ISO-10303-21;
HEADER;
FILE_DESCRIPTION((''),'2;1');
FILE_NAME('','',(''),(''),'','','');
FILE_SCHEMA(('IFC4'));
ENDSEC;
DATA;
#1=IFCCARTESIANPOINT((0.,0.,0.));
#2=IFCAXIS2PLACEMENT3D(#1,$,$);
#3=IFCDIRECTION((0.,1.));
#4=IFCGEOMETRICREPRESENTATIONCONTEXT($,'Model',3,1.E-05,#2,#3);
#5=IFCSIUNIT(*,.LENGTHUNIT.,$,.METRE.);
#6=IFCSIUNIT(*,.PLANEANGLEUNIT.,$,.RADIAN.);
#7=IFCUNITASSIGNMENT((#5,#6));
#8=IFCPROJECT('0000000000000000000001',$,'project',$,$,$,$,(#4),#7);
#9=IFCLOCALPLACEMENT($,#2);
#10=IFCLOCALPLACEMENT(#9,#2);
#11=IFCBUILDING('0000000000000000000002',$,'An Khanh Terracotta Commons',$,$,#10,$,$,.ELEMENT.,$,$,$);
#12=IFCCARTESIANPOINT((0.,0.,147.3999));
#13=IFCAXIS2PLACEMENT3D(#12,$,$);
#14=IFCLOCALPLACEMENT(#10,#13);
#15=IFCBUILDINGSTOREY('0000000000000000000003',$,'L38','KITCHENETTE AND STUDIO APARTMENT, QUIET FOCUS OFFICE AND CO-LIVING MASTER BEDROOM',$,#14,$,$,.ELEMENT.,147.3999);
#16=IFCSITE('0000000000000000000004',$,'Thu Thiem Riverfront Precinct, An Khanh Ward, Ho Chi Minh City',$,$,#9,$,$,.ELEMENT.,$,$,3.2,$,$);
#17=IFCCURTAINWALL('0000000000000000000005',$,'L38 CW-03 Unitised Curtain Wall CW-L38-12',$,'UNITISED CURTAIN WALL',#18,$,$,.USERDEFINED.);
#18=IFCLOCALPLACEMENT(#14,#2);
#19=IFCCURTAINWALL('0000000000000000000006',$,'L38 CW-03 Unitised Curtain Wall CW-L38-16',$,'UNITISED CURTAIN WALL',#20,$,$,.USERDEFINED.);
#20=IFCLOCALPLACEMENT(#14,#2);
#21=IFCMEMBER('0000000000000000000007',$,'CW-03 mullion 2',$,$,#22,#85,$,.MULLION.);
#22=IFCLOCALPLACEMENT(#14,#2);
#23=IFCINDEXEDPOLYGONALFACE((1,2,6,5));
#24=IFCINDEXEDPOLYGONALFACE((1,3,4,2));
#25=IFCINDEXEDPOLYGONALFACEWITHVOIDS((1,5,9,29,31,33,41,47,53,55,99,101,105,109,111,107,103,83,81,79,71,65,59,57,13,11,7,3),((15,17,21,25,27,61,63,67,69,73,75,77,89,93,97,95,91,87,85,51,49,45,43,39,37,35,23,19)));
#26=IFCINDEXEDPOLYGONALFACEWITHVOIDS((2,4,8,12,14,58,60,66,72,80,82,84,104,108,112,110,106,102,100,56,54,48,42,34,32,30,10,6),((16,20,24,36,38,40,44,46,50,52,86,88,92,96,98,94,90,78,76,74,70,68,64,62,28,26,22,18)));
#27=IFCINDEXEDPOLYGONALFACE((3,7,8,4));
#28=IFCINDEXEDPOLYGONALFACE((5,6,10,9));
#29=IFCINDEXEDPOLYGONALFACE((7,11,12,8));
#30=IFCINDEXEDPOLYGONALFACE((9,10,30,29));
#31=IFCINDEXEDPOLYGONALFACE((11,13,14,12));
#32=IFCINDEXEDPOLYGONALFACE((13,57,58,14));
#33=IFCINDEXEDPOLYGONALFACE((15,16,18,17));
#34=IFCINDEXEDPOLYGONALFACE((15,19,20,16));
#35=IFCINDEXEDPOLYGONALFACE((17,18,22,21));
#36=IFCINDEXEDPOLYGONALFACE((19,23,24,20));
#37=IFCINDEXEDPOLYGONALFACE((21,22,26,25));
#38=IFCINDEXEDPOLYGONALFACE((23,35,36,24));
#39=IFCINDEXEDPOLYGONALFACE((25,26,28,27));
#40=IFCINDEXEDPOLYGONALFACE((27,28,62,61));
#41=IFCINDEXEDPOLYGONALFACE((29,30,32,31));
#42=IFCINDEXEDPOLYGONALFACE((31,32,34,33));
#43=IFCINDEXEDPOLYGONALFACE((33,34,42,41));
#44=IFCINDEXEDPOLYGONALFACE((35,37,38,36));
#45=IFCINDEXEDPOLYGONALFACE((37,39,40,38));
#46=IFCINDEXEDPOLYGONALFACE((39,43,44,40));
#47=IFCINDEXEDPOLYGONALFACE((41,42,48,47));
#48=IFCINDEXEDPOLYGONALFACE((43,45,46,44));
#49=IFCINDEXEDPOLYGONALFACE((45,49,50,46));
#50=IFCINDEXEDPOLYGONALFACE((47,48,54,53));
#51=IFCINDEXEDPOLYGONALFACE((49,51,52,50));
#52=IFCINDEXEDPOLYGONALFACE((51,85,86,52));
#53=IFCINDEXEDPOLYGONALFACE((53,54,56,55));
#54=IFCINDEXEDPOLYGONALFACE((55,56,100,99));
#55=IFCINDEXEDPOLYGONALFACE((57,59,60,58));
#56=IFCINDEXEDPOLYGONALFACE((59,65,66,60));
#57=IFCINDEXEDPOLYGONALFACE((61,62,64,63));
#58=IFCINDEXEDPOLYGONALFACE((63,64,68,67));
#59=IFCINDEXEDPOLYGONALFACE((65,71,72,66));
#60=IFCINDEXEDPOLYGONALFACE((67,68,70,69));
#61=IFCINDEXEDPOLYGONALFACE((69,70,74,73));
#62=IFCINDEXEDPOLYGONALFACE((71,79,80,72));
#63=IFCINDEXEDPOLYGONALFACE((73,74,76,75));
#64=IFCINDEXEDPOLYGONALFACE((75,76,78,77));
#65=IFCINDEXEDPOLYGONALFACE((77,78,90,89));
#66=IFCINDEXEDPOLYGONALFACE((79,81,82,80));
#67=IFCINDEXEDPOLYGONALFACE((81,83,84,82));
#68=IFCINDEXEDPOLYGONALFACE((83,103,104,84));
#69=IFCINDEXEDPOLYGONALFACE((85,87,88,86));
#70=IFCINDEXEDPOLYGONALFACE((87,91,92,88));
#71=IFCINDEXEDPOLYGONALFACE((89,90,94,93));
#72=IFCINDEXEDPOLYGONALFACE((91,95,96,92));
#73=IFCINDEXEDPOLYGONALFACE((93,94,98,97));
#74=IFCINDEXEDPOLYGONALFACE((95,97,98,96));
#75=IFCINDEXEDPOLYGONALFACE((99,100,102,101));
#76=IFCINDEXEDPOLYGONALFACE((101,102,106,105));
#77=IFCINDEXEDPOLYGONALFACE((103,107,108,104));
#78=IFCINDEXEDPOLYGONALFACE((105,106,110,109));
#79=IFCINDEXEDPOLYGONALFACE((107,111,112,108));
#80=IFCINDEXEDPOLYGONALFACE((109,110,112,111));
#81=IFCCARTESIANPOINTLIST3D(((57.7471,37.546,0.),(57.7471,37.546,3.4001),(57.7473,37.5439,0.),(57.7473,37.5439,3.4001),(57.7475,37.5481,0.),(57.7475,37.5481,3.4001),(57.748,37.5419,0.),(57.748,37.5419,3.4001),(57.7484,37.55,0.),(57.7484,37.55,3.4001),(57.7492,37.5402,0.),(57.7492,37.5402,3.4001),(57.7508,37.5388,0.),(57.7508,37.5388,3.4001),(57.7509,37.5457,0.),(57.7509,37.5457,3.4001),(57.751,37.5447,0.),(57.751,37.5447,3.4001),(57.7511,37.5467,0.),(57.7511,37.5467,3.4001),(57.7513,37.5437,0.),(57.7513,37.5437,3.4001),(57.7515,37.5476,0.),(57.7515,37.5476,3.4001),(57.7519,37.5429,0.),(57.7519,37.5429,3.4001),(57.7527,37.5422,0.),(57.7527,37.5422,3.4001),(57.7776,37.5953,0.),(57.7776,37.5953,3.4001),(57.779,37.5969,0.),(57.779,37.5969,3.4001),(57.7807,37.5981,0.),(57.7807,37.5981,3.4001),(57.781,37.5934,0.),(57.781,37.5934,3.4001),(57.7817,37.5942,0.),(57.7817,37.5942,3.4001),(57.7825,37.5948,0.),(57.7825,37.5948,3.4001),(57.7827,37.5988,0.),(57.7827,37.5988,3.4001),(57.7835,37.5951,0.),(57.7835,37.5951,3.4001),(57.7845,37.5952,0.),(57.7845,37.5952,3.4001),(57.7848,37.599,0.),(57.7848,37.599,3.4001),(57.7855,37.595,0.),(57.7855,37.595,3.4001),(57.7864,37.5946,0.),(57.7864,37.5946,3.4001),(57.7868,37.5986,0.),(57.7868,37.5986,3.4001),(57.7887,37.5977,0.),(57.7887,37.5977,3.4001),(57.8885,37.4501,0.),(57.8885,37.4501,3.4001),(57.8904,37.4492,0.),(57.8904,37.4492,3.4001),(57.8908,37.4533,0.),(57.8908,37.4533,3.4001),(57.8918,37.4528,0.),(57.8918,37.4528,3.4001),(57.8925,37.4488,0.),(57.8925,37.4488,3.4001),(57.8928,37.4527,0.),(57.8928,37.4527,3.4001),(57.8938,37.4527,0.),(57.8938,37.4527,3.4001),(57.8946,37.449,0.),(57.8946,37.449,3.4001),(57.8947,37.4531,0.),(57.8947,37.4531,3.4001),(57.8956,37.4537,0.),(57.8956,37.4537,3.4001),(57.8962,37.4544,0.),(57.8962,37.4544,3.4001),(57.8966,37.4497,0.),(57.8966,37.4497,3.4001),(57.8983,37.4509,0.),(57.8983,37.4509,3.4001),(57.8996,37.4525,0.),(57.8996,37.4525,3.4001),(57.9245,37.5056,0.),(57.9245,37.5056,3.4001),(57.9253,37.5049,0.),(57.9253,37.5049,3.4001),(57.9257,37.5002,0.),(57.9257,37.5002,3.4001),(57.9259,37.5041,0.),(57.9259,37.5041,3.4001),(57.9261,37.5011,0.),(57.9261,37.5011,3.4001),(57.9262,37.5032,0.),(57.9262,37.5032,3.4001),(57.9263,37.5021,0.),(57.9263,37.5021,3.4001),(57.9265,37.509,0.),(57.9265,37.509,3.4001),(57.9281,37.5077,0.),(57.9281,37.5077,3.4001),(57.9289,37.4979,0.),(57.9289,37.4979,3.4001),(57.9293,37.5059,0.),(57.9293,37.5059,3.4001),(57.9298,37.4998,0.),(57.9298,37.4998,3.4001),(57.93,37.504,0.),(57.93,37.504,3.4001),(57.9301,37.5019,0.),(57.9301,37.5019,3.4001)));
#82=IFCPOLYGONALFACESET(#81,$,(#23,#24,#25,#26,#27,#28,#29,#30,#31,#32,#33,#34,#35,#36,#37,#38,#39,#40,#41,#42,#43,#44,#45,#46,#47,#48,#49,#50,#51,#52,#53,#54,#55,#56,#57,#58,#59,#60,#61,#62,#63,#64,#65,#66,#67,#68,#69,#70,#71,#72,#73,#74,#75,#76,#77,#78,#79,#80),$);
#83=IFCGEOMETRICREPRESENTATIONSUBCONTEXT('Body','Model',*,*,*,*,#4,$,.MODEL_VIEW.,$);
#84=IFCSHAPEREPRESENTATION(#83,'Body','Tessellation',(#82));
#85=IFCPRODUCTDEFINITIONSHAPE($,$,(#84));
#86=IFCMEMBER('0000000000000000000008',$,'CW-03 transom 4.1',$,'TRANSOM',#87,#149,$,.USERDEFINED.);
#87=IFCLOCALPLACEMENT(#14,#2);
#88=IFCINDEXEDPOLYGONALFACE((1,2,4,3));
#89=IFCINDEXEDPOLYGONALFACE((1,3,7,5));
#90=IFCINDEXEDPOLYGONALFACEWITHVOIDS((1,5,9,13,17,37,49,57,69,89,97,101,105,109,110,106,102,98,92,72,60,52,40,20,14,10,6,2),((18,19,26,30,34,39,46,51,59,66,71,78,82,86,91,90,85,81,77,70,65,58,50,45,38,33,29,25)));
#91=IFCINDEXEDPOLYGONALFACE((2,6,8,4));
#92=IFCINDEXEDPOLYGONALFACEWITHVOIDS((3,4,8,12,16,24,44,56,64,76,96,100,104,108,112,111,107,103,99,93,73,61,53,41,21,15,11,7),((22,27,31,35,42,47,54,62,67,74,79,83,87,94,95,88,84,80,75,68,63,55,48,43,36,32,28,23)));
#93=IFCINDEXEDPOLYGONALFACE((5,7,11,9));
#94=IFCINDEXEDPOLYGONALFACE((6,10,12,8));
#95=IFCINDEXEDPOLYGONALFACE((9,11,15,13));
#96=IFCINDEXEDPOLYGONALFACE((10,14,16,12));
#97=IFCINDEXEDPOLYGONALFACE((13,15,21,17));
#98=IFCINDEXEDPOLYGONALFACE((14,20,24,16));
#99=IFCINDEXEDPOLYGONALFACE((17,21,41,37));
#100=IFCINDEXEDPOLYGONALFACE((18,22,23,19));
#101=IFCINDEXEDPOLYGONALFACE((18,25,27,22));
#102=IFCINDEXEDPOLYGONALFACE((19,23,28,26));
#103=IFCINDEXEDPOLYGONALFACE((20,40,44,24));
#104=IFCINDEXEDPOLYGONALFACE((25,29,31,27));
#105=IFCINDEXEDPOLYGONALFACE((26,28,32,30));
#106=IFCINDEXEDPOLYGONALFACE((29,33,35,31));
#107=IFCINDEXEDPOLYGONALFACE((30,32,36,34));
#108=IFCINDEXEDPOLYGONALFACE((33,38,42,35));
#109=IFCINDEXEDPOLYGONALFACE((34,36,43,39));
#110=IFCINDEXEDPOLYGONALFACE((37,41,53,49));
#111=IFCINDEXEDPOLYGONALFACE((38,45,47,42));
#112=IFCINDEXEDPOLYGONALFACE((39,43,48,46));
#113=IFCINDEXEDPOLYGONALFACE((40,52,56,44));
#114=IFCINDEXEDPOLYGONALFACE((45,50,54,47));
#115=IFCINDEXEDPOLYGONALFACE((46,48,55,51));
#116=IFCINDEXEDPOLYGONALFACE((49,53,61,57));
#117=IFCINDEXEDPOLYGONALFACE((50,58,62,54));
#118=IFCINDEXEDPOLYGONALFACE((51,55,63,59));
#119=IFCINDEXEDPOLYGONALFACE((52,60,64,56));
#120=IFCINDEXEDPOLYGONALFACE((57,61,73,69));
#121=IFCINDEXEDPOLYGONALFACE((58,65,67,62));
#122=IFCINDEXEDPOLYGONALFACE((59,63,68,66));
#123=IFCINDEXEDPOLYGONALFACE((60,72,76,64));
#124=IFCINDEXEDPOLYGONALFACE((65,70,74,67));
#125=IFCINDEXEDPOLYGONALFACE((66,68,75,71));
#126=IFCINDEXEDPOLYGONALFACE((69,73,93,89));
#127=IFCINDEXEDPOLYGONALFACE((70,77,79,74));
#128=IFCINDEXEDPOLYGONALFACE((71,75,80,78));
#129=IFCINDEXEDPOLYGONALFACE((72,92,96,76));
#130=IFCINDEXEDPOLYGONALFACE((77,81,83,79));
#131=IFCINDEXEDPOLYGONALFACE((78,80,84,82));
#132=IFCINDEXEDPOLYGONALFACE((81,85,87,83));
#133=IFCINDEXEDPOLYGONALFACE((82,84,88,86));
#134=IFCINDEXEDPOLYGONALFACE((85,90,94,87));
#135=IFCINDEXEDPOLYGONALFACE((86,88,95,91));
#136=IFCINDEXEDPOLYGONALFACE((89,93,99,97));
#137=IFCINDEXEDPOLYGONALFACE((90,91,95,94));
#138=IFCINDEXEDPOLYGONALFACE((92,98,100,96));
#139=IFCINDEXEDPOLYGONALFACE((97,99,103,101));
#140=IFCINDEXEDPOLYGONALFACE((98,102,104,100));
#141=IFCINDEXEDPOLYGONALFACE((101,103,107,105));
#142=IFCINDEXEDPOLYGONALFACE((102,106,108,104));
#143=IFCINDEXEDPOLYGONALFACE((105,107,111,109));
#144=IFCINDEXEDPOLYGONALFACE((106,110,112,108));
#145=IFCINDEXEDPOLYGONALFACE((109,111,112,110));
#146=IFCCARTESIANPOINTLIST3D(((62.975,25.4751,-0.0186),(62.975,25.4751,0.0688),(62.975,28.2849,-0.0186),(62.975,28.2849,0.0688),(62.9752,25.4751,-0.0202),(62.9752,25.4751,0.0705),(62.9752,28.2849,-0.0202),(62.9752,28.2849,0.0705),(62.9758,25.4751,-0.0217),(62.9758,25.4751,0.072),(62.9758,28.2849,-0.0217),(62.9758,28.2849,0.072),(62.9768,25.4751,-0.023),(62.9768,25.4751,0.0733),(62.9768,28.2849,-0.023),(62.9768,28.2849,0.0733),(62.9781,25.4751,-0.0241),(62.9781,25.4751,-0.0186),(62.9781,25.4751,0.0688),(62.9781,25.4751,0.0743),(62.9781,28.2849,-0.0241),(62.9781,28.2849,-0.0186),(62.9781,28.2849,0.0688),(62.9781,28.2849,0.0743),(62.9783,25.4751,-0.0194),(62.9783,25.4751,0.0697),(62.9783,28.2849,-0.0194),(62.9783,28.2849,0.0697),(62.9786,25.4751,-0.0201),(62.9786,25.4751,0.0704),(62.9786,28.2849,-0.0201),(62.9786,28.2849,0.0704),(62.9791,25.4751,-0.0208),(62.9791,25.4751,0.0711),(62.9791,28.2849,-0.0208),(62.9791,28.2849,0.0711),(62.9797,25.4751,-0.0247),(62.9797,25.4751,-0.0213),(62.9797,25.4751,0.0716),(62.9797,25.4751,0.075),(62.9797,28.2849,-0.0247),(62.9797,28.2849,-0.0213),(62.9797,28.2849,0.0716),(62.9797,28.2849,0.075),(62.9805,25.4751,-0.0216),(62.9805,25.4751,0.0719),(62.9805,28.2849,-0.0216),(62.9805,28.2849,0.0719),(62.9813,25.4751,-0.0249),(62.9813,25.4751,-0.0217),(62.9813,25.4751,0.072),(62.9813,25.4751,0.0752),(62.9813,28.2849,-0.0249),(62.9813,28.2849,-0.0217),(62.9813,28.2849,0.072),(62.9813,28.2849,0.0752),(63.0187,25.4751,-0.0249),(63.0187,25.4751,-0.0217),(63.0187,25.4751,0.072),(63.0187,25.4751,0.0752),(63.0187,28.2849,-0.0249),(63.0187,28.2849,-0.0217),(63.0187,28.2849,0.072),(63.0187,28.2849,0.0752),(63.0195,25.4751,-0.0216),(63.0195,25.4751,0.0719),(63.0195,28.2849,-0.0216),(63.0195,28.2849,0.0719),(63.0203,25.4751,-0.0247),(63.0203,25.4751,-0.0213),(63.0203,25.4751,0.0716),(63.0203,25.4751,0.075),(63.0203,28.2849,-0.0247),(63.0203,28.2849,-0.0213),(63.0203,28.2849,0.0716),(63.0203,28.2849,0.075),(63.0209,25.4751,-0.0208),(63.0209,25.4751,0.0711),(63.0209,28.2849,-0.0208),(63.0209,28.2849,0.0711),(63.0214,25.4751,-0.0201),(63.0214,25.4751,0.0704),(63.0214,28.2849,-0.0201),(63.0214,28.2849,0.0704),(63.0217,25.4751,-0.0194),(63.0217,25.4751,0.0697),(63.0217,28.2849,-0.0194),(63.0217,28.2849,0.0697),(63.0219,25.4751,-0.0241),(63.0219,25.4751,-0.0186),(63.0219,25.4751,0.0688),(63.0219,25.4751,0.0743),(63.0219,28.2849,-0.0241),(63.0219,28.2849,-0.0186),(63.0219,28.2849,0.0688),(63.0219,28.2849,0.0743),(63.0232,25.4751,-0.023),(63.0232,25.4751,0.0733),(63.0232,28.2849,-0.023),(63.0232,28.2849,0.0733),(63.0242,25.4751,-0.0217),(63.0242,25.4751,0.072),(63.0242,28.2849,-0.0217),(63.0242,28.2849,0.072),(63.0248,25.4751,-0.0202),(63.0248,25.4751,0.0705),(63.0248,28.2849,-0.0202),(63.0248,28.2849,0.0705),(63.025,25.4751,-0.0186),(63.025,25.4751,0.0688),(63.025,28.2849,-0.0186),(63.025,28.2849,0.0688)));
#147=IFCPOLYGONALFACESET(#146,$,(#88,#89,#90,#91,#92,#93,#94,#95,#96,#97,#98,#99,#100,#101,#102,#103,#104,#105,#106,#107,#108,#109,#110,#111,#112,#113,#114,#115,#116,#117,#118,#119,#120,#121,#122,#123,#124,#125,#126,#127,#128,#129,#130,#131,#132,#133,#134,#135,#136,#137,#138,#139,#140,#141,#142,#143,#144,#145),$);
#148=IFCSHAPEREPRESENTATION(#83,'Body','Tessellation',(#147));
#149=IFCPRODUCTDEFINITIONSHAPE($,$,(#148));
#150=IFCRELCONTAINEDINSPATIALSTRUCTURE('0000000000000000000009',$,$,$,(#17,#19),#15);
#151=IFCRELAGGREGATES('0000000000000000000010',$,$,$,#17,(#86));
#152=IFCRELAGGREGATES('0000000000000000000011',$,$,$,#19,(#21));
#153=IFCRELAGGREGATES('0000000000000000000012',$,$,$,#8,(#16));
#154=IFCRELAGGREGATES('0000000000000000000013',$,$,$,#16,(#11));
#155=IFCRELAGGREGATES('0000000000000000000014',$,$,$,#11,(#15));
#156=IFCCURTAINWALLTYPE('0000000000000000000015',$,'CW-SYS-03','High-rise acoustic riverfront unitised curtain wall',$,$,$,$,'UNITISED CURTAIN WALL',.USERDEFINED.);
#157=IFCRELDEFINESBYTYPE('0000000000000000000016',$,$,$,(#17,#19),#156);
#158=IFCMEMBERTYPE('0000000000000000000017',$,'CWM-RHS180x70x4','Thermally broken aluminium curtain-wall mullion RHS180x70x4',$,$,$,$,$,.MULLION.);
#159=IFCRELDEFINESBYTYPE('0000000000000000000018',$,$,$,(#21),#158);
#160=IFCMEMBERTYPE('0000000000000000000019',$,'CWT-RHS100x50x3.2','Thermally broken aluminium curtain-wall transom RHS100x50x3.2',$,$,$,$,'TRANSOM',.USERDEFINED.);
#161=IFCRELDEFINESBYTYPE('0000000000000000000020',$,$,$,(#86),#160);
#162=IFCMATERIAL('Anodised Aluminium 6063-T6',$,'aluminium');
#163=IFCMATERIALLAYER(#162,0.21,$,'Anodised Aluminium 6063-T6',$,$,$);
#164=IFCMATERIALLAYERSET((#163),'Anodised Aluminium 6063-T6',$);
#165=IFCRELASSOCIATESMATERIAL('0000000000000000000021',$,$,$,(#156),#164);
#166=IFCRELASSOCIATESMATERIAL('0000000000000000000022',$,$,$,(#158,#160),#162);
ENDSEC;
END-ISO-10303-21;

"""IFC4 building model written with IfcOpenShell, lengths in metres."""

from ifc_helpers import new_model, si_unit, direction, frame, origin, origin_2d, place, context, subcontext, project, spatial, hollow_rectangle, extrude, material, layer, layer_set, material_profile, profile_set, type_object, element, aggregate, save


model = new_model("IFC4")

# Units and contexts
model_context = context("Model", 3, precision=1e-05, world=origin(), true_north=direction((0.0, 1.0)))
body_context = subcontext(model_context, "Body", "Model", "MODEL_VIEW")
ifc_project = project(units=[si_unit("LENGTHUNIT", "METRE"), si_unit("PLANEANGLEUNIT", "RADIAN")], contexts=[model_context])

# Site, building, storey
site_placement = place(None, origin())
site = spatial("IfcSite", under=ifc_project, at=site_placement, Name="Thu Thiem Riverfront Precinct, An Khanh Ward, Ho Chi Minh City", CompositionType="ELEMENT", RefElevation=3.2)
building_placement = place(site_placement, origin())
building = spatial("IfcBuilding", under=site, at=building_placement, Name="An Khanh Terracotta Commons", CompositionType="ELEMENT")
storey_placement = place(building_placement, frame((0.0, 0.0, 147.3999)))
storey = spatial("IfcBuildingStorey", under=building, at=storey_placement, Name="L38", Description="KITCHENETTE AND STUDIO APARTMENT, QUIET FOCUS OFFICE AND CO-LIVING MASTER BEDROOM", CompositionType="ELEMENT", Elevation=147.3999)

# Curtain walls, member
ifc_material_1 = material(Name="Anodised Aluminium 6063-T6", Category="aluminium")
ifc_layer_1 = layer(ifc_material_1, 0.21, Name="Anodised Aluminium 6063-T6")
ifc_layer_set_1 = layer_set([ifc_layer_1], Name="Anodised Aluminium 6063-T6")
curtain_wall_type = type_object("IfcCurtainWallType", Name="CW-SYS-03", Description="High-rise acoustic riverfront unitised curtain wall", ElementType="UNITISED CURTAIN WALL", PredefinedType="USERDEFINED", material=ifc_layer_set_1)
curtain_wall_1_placement = place(storey_placement, origin())
curtain_wall_1 = element("IfcCurtainWall", 1, at=curtain_wall_1_placement, inside=storey, type_object=curtain_wall_type, Name="L38 CW-03 Unitised Curtain Wall CW-L38-12", ObjectType="UNITISED CURTAIN WALL", PredefinedType="USERDEFINED")
ifc_material_profile_1 = material_profile(ifc_material_1, hollow_rectangle(XDim=0.0701, YDim=0.1799, WallThickness=0.0039, InnerFilletRadius=0.0039, OuterFilletRadius=0.0081, at=origin_2d()), Name="RHS180x70x4")
ifc_profile_set_1 = profile_set([ifc_material_profile_1], Name="Anodised Aluminium 6063-T6")
member_type_1 = type_object("IfcMemberType", Name="CWM-RHS180x70x4", Description="Thermally broken aluminium curtain-wall mullion RHS180x70x4", PredefinedType="MULLION", material=ifc_profile_set_1)
curtain_wall_2_placement = place(storey_placement, origin())
curtain_wall_2 = element("IfcCurtainWall", 2, at=curtain_wall_2_placement, inside=storey, type_object=curtain_wall_type, Name="L38 CW-03 Unitised Curtain Wall CW-L38-16", ObjectType="UNITISED CURTAIN WALL", PredefinedType="USERDEFINED")
member_1_placement = place(storey_placement, frame((57.8386, 37.5239, 0.0), z_axis=(0.0, 0.0, 1.0), x_axis=(-0.541498, -0.840702, 0.0)))
member_1 = element("IfcMember", 3, at=member_1_placement, type_object=member_type_1, Name="CW-03 mullion 2", PredefinedType="MULLION", context=body_context, shape_type="SweptSolid", body=[
    extrude(hollow_rectangle(XDim=0.0701, YDim=0.1799, WallThickness=0.0039, InnerFilletRadius=0.0039, OuterFilletRadius=0.0081, at=origin_2d()), origin(), (0.0, 0.0, 1.0), 3.4001),
])

# Member
ifc_material_profile_2 = material_profile(ifc_material_1, hollow_rectangle(XDim=0.05, YDim=0.1001, WallThickness=0.0032, InnerFilletRadius=0.0032, OuterFilletRadius=0.0063, at=origin_2d()), Name="RHS100x50x3.2")
ifc_profile_set_2 = profile_set([ifc_material_profile_2], Name="Anodised Aluminium 6063-T6")
member_type_2 = type_object("IfcMemberType", Name="CWT-RHS100x50x3.2", Description="Thermally broken aluminium curtain-wall transom RHS100x50x3.2", ElementType="TRANSOM", PredefinedType="USERDEFINED", material=ifc_profile_set_2)
member_2_placement = place(storey_placement, frame((63.0, 25.4751, 0.0251), z_axis=(0.0, 1.0, 0.0), x_axis=(-1.0, 0.0, 0.0)))
member_2 = element("IfcMember", 4, at=member_2_placement, type_object=member_type_2, Name="CW-03 transom 4.1", ObjectType="TRANSOM", PredefinedType="USERDEFINED", context=body_context, shape_type="SweptSolid", body=[
    extrude(hollow_rectangle(XDim=0.05, YDim=0.1001, WallThickness=0.0032, InnerFilletRadius=0.0032, OuterFilletRadius=0.0063, at=origin_2d()), origin(), (0.0, 0.0, 1.0), 2.8098),
])

aggregate(curtain_wall_1, [member_2])
aggregate(curtain_wall_2, [member_1])

save(model, "model.ifc")
